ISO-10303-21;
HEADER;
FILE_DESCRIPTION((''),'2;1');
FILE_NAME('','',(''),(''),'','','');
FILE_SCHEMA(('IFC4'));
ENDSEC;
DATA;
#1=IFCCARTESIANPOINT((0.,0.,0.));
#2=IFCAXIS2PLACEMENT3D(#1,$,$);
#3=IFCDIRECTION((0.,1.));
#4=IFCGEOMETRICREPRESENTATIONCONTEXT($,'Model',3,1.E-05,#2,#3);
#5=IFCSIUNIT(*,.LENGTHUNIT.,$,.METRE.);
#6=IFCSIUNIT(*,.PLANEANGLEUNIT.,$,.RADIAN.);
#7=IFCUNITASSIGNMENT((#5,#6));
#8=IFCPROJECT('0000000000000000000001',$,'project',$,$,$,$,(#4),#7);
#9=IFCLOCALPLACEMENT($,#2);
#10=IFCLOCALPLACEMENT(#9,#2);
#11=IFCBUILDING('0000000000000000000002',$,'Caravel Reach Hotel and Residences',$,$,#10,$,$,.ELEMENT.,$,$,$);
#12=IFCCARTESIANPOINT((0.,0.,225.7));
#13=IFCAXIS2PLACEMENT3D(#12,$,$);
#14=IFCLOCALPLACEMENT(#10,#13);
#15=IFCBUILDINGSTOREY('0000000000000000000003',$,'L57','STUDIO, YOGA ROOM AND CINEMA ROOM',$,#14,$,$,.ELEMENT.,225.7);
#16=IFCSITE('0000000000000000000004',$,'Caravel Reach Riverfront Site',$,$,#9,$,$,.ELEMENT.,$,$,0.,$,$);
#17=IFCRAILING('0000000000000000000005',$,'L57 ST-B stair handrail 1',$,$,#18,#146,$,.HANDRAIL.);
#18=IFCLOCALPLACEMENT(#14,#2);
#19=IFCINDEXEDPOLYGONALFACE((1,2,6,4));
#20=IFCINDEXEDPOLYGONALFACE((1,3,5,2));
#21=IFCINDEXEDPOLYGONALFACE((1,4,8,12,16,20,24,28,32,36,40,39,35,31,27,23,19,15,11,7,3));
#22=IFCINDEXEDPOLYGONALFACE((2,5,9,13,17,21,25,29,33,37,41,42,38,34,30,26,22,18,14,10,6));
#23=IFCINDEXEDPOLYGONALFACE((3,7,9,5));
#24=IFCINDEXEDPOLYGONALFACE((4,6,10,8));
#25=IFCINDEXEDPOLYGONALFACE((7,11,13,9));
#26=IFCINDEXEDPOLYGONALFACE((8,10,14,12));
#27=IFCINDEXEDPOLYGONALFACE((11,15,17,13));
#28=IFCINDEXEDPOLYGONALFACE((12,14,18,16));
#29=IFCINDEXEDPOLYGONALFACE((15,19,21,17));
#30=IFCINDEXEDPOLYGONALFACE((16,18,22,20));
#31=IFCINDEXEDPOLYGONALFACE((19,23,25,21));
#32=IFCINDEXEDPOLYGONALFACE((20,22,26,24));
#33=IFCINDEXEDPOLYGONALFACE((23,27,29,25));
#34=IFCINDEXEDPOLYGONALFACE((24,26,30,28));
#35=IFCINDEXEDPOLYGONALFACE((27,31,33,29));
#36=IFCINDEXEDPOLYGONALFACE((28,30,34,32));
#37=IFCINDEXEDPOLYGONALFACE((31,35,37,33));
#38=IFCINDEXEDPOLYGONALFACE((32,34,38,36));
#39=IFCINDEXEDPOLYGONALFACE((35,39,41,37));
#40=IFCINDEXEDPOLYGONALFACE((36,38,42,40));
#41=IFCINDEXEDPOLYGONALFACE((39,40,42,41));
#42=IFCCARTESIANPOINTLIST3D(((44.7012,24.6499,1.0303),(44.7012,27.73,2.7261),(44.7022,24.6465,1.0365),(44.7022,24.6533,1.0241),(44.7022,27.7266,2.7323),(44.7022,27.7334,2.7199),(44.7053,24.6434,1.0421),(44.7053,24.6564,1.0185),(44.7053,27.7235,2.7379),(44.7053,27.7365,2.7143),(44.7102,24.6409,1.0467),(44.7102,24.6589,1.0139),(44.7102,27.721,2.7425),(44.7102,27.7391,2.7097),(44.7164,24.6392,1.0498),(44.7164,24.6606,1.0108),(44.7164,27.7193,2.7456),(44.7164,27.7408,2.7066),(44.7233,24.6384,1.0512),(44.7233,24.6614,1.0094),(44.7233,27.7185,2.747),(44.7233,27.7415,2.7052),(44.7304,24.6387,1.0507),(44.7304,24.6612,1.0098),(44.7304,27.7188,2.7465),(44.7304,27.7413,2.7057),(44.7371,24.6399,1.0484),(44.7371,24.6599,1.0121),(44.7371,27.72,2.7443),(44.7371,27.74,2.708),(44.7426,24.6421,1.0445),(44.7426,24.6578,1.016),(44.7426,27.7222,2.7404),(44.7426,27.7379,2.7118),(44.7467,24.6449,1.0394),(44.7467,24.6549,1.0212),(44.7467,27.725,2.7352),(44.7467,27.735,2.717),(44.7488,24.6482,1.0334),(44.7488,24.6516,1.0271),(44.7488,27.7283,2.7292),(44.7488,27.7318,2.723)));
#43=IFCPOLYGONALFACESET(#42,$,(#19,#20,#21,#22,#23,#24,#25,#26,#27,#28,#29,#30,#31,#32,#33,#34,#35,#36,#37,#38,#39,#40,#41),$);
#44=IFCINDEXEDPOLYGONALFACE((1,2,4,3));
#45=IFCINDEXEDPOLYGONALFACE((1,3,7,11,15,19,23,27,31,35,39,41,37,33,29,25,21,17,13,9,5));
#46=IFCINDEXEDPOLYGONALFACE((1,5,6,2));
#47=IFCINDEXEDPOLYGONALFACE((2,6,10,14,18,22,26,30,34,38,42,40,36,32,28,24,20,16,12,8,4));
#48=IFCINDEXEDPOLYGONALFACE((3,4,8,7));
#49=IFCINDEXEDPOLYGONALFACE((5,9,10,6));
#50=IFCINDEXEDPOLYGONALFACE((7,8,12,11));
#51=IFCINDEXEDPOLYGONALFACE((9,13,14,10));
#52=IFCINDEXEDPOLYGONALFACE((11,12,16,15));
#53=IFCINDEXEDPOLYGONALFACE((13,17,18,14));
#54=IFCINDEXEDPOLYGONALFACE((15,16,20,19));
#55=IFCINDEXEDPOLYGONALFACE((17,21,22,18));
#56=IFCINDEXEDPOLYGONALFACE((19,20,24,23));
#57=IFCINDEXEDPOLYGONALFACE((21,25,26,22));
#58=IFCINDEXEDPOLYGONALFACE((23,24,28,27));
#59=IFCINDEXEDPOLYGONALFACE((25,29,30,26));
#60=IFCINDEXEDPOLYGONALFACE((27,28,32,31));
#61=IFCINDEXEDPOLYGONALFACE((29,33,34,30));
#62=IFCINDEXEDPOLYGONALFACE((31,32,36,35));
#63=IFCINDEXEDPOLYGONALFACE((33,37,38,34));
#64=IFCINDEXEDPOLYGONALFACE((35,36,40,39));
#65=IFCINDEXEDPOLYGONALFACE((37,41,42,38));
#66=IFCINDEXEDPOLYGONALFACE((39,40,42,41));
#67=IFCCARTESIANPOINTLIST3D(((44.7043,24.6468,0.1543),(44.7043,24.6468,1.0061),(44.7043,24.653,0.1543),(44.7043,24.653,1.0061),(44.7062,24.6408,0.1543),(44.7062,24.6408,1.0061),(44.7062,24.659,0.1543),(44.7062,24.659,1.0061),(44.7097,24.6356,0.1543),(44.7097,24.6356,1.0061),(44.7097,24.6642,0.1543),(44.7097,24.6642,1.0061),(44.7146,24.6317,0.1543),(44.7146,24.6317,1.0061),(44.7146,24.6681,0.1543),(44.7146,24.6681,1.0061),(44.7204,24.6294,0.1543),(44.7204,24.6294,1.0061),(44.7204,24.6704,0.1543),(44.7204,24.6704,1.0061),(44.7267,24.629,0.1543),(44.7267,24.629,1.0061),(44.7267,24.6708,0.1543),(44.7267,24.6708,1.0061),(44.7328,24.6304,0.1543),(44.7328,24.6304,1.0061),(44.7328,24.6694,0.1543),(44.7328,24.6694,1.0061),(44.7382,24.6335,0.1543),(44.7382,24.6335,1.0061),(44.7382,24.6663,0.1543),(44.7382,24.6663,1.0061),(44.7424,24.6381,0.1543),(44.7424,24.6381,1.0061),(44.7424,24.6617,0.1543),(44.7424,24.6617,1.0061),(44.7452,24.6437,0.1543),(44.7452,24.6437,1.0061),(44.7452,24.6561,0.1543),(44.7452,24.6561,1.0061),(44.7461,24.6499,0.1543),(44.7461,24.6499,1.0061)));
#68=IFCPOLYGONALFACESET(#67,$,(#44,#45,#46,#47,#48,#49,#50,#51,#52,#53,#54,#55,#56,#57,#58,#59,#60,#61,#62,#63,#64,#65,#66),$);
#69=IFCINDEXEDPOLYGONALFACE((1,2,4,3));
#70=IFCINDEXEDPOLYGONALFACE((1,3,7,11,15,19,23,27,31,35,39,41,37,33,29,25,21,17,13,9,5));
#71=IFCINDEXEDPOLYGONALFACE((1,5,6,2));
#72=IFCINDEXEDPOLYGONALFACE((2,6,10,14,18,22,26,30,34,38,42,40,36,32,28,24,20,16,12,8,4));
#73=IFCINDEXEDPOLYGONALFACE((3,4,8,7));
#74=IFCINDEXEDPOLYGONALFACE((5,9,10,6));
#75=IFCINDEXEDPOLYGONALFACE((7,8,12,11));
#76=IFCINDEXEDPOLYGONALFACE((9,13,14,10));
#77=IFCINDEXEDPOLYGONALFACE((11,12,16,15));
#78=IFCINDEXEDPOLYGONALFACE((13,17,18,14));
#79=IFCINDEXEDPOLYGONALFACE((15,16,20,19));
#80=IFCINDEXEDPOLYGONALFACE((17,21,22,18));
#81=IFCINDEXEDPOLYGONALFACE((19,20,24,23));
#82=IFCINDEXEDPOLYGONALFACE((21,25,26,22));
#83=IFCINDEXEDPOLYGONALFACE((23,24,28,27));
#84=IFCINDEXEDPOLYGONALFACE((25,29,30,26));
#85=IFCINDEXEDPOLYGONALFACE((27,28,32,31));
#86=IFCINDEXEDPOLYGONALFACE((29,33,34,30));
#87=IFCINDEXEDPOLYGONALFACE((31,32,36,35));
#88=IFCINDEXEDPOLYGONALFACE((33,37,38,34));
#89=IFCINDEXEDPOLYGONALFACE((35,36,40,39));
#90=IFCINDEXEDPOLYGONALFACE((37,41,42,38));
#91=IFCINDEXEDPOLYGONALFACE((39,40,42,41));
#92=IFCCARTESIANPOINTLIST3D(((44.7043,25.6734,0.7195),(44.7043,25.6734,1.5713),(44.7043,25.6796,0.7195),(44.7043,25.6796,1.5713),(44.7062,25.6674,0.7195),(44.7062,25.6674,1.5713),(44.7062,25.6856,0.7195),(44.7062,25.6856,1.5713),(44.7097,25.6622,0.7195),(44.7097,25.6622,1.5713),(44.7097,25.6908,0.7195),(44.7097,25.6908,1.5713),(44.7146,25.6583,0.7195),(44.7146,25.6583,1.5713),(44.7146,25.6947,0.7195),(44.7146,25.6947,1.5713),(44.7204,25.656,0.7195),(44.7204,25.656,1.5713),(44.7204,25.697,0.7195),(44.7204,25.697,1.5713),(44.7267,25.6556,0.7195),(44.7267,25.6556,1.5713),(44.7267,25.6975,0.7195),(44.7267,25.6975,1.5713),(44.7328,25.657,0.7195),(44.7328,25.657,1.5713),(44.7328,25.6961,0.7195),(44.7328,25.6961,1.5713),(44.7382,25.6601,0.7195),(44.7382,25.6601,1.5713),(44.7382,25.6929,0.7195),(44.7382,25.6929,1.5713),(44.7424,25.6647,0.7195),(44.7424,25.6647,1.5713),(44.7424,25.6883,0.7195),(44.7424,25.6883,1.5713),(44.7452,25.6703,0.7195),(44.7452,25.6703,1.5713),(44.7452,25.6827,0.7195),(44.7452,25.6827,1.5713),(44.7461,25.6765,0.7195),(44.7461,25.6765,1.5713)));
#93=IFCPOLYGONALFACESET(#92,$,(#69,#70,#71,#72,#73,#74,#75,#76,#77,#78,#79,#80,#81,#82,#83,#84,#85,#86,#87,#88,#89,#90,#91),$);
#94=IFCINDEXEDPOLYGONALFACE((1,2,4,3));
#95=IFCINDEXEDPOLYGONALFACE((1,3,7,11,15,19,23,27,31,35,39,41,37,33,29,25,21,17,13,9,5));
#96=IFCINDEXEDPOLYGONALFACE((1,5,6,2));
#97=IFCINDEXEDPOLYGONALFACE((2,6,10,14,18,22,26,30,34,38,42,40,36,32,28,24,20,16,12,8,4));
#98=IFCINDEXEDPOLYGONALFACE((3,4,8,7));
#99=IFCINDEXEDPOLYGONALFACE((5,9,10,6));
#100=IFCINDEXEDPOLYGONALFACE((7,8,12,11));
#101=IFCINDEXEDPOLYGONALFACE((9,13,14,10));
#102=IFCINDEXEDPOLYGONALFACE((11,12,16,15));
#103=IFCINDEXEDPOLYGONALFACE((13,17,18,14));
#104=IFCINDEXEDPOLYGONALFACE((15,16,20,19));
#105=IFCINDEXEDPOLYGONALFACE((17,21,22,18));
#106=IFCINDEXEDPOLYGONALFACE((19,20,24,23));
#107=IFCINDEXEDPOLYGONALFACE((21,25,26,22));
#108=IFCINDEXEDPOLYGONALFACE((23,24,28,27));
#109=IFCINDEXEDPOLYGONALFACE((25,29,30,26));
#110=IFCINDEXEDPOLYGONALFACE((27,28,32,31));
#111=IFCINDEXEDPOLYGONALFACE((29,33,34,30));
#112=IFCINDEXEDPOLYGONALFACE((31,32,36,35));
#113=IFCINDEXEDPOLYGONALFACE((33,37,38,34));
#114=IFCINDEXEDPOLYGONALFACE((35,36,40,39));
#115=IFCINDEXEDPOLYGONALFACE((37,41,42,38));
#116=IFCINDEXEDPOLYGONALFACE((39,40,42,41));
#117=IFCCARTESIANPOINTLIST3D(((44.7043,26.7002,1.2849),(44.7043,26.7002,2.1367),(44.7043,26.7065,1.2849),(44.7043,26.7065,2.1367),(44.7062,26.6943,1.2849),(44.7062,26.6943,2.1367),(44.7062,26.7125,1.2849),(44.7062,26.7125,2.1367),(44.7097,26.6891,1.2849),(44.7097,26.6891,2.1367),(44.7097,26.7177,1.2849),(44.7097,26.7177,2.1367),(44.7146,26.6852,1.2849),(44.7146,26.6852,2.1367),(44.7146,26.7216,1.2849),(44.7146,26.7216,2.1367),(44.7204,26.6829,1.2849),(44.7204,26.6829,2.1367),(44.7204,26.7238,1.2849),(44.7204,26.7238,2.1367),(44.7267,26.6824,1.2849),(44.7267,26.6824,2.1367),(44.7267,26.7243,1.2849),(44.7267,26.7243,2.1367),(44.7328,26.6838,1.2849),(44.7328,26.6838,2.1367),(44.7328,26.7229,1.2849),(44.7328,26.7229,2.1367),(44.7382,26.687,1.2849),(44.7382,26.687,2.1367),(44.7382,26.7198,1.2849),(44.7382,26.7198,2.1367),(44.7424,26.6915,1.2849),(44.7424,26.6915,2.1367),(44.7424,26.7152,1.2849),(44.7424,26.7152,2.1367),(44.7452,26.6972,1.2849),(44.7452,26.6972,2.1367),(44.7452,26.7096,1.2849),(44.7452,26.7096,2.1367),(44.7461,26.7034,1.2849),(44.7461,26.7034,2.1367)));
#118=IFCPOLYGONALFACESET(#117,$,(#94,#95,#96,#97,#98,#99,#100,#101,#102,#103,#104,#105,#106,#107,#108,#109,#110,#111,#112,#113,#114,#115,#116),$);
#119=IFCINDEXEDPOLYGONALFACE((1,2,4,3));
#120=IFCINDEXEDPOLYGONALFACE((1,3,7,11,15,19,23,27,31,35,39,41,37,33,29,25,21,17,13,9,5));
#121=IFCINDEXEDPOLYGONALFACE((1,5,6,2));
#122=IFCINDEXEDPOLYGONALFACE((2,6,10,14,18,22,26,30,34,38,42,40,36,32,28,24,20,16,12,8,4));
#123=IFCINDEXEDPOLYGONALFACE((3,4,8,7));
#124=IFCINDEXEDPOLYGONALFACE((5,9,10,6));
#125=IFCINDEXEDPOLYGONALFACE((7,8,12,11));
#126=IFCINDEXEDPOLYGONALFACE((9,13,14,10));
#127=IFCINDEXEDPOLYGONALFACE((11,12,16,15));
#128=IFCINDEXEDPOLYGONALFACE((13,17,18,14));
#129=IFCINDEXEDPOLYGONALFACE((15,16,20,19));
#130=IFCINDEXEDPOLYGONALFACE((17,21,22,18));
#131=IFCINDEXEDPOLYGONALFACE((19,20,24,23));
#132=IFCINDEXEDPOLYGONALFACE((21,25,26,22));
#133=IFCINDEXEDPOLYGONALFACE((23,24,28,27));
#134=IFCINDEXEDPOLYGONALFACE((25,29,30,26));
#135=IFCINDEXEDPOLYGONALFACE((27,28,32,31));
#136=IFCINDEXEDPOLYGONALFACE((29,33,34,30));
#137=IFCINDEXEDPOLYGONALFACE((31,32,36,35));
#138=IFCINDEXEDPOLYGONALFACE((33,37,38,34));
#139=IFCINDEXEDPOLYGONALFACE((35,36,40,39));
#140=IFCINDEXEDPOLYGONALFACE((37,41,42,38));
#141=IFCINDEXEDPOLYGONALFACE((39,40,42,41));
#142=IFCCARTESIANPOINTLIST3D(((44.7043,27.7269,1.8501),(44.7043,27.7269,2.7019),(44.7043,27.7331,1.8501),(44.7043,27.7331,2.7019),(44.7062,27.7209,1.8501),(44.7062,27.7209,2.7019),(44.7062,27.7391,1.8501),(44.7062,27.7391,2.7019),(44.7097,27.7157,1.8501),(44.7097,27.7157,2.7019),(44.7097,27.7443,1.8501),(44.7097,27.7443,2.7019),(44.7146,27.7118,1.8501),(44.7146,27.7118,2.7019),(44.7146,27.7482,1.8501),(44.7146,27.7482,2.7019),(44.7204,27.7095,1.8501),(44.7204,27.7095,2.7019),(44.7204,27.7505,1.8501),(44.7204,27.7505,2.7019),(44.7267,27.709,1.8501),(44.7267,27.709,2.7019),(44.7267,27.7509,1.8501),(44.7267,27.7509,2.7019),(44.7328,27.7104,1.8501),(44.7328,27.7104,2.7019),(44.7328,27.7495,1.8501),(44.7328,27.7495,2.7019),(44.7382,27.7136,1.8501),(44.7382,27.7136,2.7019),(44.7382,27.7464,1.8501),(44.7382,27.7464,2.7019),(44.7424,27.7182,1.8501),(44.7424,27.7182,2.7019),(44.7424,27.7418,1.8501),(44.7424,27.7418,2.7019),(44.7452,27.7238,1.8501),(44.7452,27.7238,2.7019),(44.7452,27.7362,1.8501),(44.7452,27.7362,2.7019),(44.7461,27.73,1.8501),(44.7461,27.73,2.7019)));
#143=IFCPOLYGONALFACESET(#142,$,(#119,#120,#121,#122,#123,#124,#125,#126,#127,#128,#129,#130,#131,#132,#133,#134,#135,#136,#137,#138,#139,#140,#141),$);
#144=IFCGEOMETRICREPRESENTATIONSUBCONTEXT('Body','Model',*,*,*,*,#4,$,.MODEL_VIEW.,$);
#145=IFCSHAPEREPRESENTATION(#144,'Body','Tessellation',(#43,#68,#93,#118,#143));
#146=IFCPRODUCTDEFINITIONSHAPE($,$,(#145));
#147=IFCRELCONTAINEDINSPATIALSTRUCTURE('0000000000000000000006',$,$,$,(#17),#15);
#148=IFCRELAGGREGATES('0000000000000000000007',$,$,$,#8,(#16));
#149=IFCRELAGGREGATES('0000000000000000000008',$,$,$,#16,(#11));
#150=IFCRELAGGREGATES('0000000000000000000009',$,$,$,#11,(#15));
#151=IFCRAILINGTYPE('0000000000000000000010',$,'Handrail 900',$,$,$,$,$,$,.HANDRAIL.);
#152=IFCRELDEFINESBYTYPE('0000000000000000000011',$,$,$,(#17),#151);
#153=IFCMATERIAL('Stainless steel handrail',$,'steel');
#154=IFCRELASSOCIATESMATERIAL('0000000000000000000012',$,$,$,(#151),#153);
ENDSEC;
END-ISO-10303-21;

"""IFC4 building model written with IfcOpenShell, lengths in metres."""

from ifc_helpers import new_model, si_unit, direction, frame, origin, origin_2d, place, context, subcontext, project, spatial, circle, extrude, material, type_object, element, save


model = new_model("IFC4")

# Units and contexts
model_context = context("Model", 3, precision=1e-05, world=origin(), true_north=direction((0.0, 1.0)))
body_context = subcontext(model_context, "Body", "Model", "MODEL_VIEW")
ifc_project = project(units=[si_unit("LENGTHUNIT", "METRE"), si_unit("PLANEANGLEUNIT", "RADIAN")], contexts=[model_context])

# Site, building, storey
site_placement = place(None, origin())
site = spatial("IfcSite", under=ifc_project, at=site_placement, Name="Caravel Reach Riverfront Site", CompositionType="ELEMENT", RefElevation=0.0)
building_placement = place(site_placement, origin())
building = spatial("IfcBuilding", under=site, at=building_placement, Name="Caravel Reach Hotel and Residences", CompositionType="ELEMENT")
storey_placement = place(building_placement, frame((0.0, 0.0, 225.7)))
storey = spatial("IfcBuildingStorey", under=building, at=storey_placement, Name="L57", Description="STUDIO, YOGA ROOM AND CINEMA ROOM", CompositionType="ELEMENT", Elevation=225.7)

# Railing
ifc_material_1 = material(Name="Stainless steel handrail", Category="steel")
railing_type_1 = type_object("IfcRailingType", Name="Handrail 900", PredefinedType="HANDRAIL", material=ifc_material_1)
railing_1_placement = place(storey_placement, frame((44.7251, 24.6499, 0.1543)))
element("IfcRailing", 1, at=railing_1_placement, inside=storey, type_object=railing_type_1, Name="L57 ST-B stair handrail 1", PredefinedType="HANDRAIL", context=body_context, shape_type="SweptSolid", body=[
    extrude(circle(Radius=0.0239, at=origin_2d()), frame((0.0, 0.0, 0.876), z_axis=(0.0, 0.876005, 0.482303), x_axis=(-1.0, 0.0, 0.0)), (0.0, 0.0, 1.0), 3.5161),
    extrude(circle(Radius=0.021, at=origin_2d()), origin(), (0.0, 0.0, 1.0), 0.8518),
    extrude(circle(Radius=0.021, at=origin_2d()), frame((0.0, 1.0266, 0.5652)), (0.0, 0.0, 1.0), 0.8518),
    extrude(circle(Radius=0.021, at=origin_2d()), frame((0.0, 2.0535, 1.1306)), (0.0, 0.0, 1.0), 0.8518),
    extrude(circle(Radius=0.021, at=origin_2d()), frame((0.0, 3.0801, 1.6958)), (0.0, 0.0, 1.0), 0.8518),
])

save(model, "model.ifc")
